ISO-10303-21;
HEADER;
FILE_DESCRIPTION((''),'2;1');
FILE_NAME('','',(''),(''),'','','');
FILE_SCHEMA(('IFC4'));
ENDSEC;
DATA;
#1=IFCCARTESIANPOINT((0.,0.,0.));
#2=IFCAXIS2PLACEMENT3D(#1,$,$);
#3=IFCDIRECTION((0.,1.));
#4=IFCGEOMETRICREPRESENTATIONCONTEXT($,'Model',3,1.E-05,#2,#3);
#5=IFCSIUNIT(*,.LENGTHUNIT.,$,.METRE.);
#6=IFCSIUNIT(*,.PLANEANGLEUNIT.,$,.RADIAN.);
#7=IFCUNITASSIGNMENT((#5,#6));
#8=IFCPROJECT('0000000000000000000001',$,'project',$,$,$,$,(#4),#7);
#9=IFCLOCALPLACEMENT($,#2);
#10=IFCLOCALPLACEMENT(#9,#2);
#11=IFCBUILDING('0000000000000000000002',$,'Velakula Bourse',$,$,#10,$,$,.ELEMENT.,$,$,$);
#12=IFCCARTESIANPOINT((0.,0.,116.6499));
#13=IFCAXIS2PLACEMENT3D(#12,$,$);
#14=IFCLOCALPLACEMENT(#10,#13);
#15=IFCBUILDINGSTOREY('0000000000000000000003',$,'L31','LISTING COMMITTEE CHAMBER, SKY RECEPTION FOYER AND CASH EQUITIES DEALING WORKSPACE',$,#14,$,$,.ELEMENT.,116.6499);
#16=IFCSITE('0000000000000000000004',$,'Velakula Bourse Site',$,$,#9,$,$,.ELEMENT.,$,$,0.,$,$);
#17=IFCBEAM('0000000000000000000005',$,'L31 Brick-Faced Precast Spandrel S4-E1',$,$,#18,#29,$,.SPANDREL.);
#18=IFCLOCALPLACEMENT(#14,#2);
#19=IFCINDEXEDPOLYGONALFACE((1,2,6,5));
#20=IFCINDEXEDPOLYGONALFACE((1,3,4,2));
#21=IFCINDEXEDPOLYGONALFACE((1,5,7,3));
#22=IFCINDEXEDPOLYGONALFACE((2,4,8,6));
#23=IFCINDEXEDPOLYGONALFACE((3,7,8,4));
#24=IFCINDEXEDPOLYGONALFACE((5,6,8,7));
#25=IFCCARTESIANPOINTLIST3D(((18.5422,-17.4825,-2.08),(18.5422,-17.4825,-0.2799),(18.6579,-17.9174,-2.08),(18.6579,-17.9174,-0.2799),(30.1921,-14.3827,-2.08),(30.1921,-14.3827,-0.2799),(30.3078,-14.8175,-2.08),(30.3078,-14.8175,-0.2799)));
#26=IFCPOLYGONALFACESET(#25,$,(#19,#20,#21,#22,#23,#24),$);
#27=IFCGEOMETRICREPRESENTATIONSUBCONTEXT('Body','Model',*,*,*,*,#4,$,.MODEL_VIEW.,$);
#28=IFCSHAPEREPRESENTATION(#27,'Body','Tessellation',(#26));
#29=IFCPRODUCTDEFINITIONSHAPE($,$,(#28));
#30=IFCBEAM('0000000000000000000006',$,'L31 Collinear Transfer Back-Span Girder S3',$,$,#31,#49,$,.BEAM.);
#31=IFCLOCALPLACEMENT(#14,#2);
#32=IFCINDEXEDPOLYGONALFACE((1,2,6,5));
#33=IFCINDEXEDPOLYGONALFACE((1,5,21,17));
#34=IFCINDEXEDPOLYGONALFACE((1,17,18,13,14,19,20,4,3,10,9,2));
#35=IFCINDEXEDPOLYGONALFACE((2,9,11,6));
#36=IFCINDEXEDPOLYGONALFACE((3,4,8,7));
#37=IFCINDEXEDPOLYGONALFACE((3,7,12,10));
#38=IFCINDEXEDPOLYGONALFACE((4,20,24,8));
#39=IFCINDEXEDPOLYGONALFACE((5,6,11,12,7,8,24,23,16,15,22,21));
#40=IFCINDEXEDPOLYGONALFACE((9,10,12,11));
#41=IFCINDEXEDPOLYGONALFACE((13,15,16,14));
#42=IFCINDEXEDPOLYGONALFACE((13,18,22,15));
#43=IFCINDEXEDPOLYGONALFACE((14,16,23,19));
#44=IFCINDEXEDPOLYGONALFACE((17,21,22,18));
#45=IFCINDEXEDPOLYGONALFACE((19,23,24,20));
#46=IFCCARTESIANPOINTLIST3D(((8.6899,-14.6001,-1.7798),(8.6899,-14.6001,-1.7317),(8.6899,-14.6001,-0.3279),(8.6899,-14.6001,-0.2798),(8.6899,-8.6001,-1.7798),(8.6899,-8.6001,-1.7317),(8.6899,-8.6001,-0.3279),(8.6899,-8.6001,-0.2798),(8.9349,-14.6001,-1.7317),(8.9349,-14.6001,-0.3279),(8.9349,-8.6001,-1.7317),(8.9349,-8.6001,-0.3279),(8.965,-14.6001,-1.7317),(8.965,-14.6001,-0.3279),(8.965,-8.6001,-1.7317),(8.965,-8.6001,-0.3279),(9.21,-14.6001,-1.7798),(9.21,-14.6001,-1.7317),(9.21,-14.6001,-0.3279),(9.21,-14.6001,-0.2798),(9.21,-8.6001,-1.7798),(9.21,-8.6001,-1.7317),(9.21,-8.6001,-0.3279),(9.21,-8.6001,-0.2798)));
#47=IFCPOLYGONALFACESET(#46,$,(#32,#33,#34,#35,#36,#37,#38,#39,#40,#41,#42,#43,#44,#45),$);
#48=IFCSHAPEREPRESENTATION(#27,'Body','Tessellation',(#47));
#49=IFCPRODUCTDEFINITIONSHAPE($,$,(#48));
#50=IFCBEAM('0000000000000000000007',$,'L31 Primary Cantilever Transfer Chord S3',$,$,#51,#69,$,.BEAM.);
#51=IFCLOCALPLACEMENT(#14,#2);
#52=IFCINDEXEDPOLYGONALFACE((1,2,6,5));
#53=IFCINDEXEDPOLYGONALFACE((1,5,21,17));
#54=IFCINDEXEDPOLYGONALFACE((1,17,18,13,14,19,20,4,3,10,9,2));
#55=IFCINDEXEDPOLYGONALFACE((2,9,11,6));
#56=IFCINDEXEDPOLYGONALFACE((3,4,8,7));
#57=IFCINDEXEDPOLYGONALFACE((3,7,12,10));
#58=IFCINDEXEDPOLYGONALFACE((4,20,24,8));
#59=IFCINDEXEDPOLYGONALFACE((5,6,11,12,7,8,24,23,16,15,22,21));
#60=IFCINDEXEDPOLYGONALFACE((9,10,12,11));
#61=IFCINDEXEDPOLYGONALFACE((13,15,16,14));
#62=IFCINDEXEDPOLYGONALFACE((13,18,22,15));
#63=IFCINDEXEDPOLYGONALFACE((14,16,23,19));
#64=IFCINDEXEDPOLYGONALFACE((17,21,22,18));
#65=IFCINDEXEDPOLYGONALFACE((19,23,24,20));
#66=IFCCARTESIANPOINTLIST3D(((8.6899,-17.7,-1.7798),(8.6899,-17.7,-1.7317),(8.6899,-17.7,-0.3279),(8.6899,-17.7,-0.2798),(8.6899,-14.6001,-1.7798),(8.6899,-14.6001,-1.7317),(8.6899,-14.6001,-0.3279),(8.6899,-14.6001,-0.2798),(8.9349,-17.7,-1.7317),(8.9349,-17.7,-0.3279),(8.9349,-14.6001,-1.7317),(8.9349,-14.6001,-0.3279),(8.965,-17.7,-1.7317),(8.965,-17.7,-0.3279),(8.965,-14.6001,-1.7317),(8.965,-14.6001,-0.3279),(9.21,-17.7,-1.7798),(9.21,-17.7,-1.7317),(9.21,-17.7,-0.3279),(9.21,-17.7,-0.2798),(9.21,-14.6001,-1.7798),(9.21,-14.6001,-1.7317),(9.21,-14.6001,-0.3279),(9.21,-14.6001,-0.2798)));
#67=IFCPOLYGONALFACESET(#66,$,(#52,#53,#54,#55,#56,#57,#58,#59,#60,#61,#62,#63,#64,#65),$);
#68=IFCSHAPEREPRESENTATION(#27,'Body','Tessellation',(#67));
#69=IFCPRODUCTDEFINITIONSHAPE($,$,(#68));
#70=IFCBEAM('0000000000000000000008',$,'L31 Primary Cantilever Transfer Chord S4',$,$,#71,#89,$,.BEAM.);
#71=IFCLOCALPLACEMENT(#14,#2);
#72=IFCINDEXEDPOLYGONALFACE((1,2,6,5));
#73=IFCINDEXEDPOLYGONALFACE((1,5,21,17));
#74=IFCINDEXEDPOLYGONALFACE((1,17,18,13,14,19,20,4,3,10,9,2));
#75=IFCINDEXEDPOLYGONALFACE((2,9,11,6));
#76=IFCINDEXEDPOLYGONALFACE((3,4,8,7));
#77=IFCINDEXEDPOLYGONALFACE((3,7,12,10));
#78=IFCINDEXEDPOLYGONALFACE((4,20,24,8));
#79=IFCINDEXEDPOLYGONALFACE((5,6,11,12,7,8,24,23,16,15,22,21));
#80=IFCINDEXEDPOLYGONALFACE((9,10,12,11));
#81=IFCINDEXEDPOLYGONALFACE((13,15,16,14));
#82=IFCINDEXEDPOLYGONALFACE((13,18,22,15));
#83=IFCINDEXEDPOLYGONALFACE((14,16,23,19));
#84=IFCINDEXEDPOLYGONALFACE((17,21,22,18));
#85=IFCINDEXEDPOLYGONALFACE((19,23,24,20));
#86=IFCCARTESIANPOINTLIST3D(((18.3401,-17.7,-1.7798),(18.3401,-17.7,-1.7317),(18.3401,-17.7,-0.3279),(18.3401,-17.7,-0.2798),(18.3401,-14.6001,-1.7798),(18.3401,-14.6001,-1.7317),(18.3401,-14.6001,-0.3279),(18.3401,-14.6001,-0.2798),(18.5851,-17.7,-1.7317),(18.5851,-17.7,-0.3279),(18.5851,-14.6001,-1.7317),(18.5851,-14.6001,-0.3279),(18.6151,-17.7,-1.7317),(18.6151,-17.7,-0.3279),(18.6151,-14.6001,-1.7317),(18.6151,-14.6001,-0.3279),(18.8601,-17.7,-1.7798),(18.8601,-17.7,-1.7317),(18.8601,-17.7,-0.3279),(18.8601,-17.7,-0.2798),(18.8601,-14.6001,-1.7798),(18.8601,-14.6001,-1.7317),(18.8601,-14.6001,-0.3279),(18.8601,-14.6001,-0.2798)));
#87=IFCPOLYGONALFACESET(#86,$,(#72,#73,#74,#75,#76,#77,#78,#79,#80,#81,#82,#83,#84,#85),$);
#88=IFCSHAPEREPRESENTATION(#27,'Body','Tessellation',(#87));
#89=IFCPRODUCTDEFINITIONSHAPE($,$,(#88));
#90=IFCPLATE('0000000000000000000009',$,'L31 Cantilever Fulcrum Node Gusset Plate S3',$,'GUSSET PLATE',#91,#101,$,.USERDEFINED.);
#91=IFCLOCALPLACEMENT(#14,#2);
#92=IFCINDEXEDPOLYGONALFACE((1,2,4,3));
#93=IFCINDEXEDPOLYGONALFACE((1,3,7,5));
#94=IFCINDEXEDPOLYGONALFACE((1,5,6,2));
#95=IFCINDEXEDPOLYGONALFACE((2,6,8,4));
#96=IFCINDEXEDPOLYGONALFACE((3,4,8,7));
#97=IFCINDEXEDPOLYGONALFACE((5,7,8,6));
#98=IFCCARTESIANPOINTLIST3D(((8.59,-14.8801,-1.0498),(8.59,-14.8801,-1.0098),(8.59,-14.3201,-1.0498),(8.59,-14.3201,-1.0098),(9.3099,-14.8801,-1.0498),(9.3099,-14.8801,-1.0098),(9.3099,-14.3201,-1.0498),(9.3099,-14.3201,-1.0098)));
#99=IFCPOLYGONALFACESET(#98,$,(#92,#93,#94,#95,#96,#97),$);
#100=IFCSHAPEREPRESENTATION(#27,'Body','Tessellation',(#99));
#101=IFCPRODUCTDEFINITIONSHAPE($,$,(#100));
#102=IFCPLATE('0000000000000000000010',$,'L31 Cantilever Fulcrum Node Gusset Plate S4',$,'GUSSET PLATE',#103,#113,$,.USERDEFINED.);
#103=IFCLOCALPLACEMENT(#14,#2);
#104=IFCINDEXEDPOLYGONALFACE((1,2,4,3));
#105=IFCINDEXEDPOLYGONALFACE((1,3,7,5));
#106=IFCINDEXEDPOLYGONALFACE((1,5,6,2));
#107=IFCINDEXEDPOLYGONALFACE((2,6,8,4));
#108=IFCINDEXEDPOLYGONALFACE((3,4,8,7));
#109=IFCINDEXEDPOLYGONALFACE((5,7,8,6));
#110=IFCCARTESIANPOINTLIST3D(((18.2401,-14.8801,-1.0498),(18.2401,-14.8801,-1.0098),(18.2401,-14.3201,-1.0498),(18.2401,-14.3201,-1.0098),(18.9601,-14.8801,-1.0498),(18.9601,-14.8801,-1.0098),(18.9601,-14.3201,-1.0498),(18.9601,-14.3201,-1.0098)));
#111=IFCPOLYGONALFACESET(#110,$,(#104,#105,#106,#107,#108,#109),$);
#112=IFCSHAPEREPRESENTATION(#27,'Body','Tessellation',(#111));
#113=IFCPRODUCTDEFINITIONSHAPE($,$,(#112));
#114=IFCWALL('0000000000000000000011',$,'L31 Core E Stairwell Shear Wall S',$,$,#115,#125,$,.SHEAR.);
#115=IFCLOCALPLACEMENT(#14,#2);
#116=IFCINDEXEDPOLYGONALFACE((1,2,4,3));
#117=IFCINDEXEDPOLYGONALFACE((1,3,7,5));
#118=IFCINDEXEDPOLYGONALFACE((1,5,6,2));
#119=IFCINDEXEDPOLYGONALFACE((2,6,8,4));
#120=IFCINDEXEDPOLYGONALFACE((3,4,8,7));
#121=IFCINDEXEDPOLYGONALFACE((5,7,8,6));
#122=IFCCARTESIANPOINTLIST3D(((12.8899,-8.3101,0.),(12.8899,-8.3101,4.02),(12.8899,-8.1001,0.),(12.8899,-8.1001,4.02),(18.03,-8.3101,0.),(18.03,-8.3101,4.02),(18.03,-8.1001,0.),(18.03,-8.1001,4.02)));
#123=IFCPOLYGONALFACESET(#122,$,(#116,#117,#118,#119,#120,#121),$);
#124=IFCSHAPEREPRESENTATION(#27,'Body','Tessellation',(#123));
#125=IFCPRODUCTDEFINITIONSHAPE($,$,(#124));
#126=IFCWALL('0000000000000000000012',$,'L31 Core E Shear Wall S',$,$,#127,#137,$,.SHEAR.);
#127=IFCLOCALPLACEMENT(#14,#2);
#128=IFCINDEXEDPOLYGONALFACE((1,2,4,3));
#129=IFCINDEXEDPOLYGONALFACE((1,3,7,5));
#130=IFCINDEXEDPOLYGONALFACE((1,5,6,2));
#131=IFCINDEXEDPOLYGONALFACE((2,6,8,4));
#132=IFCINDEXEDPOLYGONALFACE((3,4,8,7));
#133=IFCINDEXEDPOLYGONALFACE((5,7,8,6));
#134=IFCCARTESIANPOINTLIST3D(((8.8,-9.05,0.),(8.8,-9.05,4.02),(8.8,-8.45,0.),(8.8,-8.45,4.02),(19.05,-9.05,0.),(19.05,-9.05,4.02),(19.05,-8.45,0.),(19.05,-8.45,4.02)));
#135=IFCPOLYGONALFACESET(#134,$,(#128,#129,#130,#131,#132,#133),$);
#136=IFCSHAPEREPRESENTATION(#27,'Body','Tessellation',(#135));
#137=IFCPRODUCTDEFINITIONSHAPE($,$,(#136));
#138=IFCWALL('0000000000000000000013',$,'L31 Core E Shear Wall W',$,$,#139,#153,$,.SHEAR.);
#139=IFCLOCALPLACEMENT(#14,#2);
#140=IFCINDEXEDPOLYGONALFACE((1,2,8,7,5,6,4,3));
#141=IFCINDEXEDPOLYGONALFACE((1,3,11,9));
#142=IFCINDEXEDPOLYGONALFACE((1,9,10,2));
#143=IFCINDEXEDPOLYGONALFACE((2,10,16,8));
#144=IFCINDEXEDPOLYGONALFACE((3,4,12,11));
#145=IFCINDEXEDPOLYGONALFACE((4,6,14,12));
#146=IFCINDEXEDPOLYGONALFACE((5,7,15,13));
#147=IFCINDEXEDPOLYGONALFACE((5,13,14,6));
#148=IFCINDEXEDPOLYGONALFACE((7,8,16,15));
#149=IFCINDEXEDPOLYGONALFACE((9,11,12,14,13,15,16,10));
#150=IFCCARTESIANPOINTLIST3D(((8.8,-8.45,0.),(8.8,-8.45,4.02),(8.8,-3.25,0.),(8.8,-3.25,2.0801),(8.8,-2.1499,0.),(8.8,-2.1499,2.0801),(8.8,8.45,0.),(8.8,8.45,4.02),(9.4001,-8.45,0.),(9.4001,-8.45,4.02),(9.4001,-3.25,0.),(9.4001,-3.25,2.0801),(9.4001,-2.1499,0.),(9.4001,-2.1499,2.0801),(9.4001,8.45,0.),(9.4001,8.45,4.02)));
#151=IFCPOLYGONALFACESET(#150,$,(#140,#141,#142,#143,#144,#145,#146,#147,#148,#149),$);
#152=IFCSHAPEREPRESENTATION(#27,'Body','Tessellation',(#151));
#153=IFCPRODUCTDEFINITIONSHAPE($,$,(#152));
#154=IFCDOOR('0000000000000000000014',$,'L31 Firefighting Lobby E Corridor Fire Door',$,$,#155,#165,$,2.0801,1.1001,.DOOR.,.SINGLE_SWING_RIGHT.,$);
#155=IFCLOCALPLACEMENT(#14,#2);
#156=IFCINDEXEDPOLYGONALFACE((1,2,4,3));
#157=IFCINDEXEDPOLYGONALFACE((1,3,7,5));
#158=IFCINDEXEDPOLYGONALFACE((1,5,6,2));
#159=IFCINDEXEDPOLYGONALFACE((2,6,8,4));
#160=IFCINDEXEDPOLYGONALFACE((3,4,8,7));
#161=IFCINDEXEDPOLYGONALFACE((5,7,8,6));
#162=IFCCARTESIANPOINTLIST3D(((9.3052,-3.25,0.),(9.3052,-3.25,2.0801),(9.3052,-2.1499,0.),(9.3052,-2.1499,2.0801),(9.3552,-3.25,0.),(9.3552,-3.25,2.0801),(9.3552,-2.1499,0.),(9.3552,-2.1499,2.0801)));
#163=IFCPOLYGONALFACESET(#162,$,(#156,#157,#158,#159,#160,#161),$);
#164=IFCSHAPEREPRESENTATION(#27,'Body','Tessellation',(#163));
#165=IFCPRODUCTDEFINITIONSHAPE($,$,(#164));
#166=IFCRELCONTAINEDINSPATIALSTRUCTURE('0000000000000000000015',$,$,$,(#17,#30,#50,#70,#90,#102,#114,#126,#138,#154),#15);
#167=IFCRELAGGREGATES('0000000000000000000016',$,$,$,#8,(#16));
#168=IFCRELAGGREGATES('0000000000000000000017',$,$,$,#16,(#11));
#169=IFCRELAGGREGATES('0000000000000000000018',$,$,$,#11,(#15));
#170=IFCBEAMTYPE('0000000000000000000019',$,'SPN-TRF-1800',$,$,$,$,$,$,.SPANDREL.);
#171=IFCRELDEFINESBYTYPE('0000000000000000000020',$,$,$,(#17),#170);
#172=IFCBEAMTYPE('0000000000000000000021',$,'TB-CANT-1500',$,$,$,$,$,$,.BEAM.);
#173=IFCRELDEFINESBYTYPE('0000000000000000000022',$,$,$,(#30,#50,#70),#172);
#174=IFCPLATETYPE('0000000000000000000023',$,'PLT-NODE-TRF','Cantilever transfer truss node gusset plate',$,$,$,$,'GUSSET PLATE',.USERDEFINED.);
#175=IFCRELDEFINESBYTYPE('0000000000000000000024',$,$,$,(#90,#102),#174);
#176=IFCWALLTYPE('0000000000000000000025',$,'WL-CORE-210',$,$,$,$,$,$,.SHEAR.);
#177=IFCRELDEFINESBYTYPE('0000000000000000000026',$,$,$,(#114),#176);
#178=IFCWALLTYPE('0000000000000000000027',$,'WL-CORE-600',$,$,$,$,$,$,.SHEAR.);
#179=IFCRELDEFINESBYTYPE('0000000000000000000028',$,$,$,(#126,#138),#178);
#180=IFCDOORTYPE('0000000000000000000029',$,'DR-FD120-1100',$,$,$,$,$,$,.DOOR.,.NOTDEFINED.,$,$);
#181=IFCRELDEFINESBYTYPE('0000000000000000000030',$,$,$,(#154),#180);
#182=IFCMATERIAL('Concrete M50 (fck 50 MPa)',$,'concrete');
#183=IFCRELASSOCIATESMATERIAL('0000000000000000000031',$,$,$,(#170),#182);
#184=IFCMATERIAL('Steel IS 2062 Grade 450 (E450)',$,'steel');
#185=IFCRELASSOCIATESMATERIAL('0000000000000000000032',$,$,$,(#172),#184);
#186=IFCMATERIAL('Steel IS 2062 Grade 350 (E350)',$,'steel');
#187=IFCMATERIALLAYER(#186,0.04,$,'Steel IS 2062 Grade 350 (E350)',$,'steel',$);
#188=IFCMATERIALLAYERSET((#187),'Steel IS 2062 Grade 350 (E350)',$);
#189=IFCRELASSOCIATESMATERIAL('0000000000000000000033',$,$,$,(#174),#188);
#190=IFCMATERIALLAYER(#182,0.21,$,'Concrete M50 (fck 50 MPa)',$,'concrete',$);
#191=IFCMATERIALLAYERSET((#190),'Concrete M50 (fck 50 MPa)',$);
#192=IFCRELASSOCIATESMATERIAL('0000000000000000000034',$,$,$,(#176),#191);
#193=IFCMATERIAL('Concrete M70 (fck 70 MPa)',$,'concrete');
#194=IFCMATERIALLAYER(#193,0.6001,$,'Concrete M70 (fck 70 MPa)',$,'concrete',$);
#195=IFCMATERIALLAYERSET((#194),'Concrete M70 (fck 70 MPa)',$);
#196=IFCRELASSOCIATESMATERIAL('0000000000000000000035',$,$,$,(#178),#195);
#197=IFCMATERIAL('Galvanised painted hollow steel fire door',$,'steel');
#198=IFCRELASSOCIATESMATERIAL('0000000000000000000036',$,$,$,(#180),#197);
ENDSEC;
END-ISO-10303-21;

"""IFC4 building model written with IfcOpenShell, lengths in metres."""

from ifc_helpers import new_model, si_unit, direction, frame, frame_2d, origin, origin_2d, place, context, subcontext, project, spatial, rectangle, i_section, extrude, material, layer, layer_set, material_profile, profile_set, type_object, element, fill, save


model = new_model("IFC4")

# Units and contexts
model_context = context("Model", 3, precision=1e-05, world=origin(), true_north=direction((0.0, 1.0)))
body_context = subcontext(model_context, "Body", "Model", "MODEL_VIEW")
ifc_project = project(units=[si_unit("LENGTHUNIT", "METRE"), si_unit("PLANEANGLEUNIT", "RADIAN")], contexts=[model_context])

# Site, building, storey
site_placement = place(None, origin())
site = spatial("IfcSite", under=ifc_project, at=site_placement, Name="Velakula Bourse Site", CompositionType="ELEMENT", RefElevation=0.0)
building_placement = place(site_placement, origin())
building = spatial("IfcBuilding", under=site, at=building_placement, Name="Velakula Bourse", CompositionType="ELEMENT")
storey_placement = place(building_placement, frame((0.0, 0.0, 116.6499)))
storey = spatial("IfcBuildingStorey", under=building, at=storey_placement, Name="L31", Description="LISTING COMMITTEE CHAMBER, SKY RECEPTION FOYER AND CASH EQUITIES DEALING WORKSPACE", CompositionType="ELEMENT", Elevation=116.6499)

# Shared definitions
ifc_material_1 = material(Name="Concrete M70 (fck 70 MPa)", Category="concrete")
ifc_material_2 = material(Name="Steel IS 2062 Grade 350 (E350)", Category="steel")

# Beams
ifc_material_3 = material(Name="Concrete M50 (fck 50 MPa)", Category="concrete")
ifc_material_profile_1 = material_profile(ifc_material_3, rectangle(XDim=0.45, YDim=1.8, at=origin_2d()), Name="Concrete M50 (fck 50 MPa)")
ifc_profile_set_1 = profile_set([ifc_material_profile_1], Name="Concrete M50 (fck 50 MPa)")
beam_type_1 = type_object("IfcBeamType", Name="SPN-TRF-1800", PredefinedType="SPANDREL", material=ifc_profile_set_1)
beam_1_placement = place(storey_placement, frame((18.6001, -17.7, -1.1799), z_axis=(0.966375, 0.257137, 0.0), x_axis=(-0.257137, 0.966375, 0.0)))
element("IfcBeam", 1, at=beam_1_placement, inside=storey, type_object=beam_type_1, Name="L31 Brick-Faced Precast Spandrel S4-E1", PredefinedType="SPANDREL", context=body_context, shape_type="SweptSolid", body=[
    extrude(rectangle(XDim=0.45, YDim=1.8, at=origin_2d()), origin(), (0.0, 0.0, 1.0), 12.0552),
])
ifc_material_4 = material(Name="Steel IS 2062 Grade 450 (E450)", Category="steel")
ifc_material_profile_2 = material_profile(ifc_material_4, i_section(OverallWidth=0.52, OverallDepth=1.5, WebThickness=0.03, FlangeThickness=0.0481, at=origin_2d()), Name="Steel IS 2062 Grade 450 (E450)")
ifc_profile_set_2 = profile_set([ifc_material_profile_2], Name="Steel IS 2062 Grade 450 (E450)")
beam_type_2 = type_object("IfcBeamType", Name="TB-CANT-1500", PredefinedType="BEAM", material=ifc_profile_set_2)
beam_2_placement = place(storey_placement, frame((8.95, -8.6001, -1.0298), z_axis=(0.0, -1.0, 0.0), x_axis=(1.0, 0.0, 0.0)))
element("IfcBeam", 2, at=beam_2_placement, inside=storey, type_object=beam_type_2, Name="L31 Collinear Transfer Back-Span Girder S3", PredefinedType="BEAM", context=body_context, shape_type="SweptSolid", body=[
    extrude(i_section(OverallWidth=0.52, OverallDepth=1.5, WebThickness=0.03, FlangeThickness=0.0481, at=origin_2d()), origin(), (0.0, 0.0, 1.0), 6.0),
])
for number, where, z_axis, x_axis, name in (
    (3, (8.95, -14.6001, -1.0298), (0.0, -1.0, 0.0), (1.0, 0.0, 0.0), "L31 Primary Cantilever Transfer Chord S3"),
    (4, (18.6001, -14.6001, -1.0298), (0.0, -1.0, 0.0), (1.0, 0.0, 0.0), "L31 Primary Cantilever Transfer Chord S4"),
):
    element("IfcBeam", number, at=place(storey_placement, frame(where, z_axis=z_axis, x_axis=x_axis)), inside=storey, type_object=beam_type_2, Name=name, PredefinedType="BEAM", context=body_context, shape_type="SweptSolid", body=[
        extrude(i_section(OverallWidth=0.52, OverallDepth=1.5, WebThickness=0.03, FlangeThickness=0.0481, at=origin_2d()), origin(), (0.0, 0.0, 1.0), 3.0999),
    ])

# Plates
ifc_layer_1 = layer(ifc_material_2, 0.04, Name="Steel IS 2062 Grade 350 (E350)", Category="steel")
ifc_layer_set_1 = layer_set([ifc_layer_1], Name="Steel IS 2062 Grade 350 (E350)")
plate_type = type_object("IfcPlateType", Name="PLT-NODE-TRF", Description="Cantilever transfer truss node gusset plate", ElementType="GUSSET PLATE", PredefinedType="USERDEFINED", material=ifc_layer_set_1)
for number, where, z_axis, x_axis, name in (
    (5, (8.95, -14.6001, -1.0498), (0.0, 0.0, 1.0), (0.0, 1.0, 0.0), "L31 Cantilever Fulcrum Node Gusset Plate S3"),
    (6, (18.6001, -14.6001, -1.0498), (0.0, 0.0, 1.0), (0.0, 1.0, 0.0), "L31 Cantilever Fulcrum Node Gusset Plate S4"),
):
    element("IfcPlate", number, at=place(storey_placement, frame(where, z_axis=z_axis, x_axis=x_axis)), inside=storey, type_object=plate_type, Name=name, ObjectType="GUSSET PLATE", PredefinedType="USERDEFINED", context=body_context, shape_type="SweptSolid", body=[
        extrude(rectangle(XDim=0.5601, YDim=0.72, at=origin_2d()), origin(), (0.0, 0.0, 1.0), 0.04),
    ])

# Walls
ifc_layer_2 = layer(ifc_material_3, 0.21, Name="Concrete M50 (fck 50 MPa)", Category="concrete")
ifc_layer_set_2 = layer_set([ifc_layer_2], Name="Concrete M50 (fck 50 MPa)")
wall_type_1 = type_object("IfcWallType", Name="WL-CORE-210", PredefinedType="SHEAR", material=ifc_layer_set_2)
wall_1_placement = place(storey_placement, frame((12.8899, -8.2051, 0.0), z_axis=(0.0, 0.0, 1.0), x_axis=(1.0, 0.0, 0.0)))
element("IfcWall", 7, at=wall_1_placement, inside=storey, type_object=wall_type_1, Name="L31 Core E Stairwell Shear Wall S", PredefinedType="SHEAR", context=body_context, shape_type="SweptSolid", body=[
    extrude(rectangle(XDim=5.1401, YDim=0.21, at=frame_2d((2.5701, 0.0))), origin(), (0.0, 0.0, 1.0), 4.02),
])
ifc_layer_3 = layer(ifc_material_1, 0.6001, Name="Concrete M70 (fck 70 MPa)", Category="concrete")
ifc_layer_set_3 = layer_set([ifc_layer_3], Name="Concrete M70 (fck 70 MPa)")
wall_type_2 = type_object("IfcWallType", Name="WL-CORE-600", PredefinedType="SHEAR", material=ifc_layer_set_3)
wall_2_placement = place(storey_placement, frame((8.8, -8.75, 0.0), z_axis=(0.0, 0.0, 1.0), x_axis=(1.0, 0.0, 0.0)))
element("IfcWall", 8, at=wall_2_placement, inside=storey, type_object=wall_type_2, Name="L31 Core E Shear Wall S", PredefinedType="SHEAR", context=body_context, shape_type="SweptSolid", body=[
    extrude(rectangle(XDim=10.25, YDim=0.6001, at=frame_2d((5.125, 0.0))), origin(), (0.0, 0.0, 1.0), 4.02),
])

# Wall, opening, door
wall_3_placement = place(storey_placement, frame((9.1001, -8.45, 0.0), z_axis=(0.0, 0.0, 1.0), x_axis=(0.0, 1.0, 0.0)))
wall_3 = element("IfcWall", 9, at=wall_3_placement, inside=storey, type_object=wall_type_2, Name="L31 Core E Shear Wall W", PredefinedType="SHEAR", context=body_context, shape_type="SweptSolid", body=[
    extrude(rectangle(XDim=16.8999, YDim=0.6001, at=frame_2d((8.45, 0.0))), origin(), (0.0, 0.0, 1.0), 4.02),
])
opening_1_placement = place(wall_3_placement, frame((5.2, 0.0, 0.0)))
opening_1 = element("IfcOpeningElement", 10, at=opening_1_placement, cuts=wall_3, PredefinedType="OPENING", context=body_context, shape_type="SweptSolid", body=[
    extrude(rectangle(XDim=1.1001, YDim=2.0801, at=frame_2d((0.55, 1.04))), frame((0.0, 0.3101, 0.0), z_axis=(0.0, -1.0, 0.0), x_axis=(1.0, 0.0, 0.0)), (0.0, 0.0, 1.0), 0.6201),
])
ifc_material_5 = material(Name="Galvanised painted hollow steel fire door", Category="steel")
door_type = type_object("IfcDoorType", Name="DR-FD120-1100", OperationType="NOTDEFINED", PredefinedType="DOOR", material=ifc_material_5)
door_placement = place(opening_1_placement, origin())
door = element("IfcDoor", 11, at=door_placement, inside=storey, type_object=door_type, Name="L31 Firefighting Lobby E Corridor Fire Door", OperationType="SINGLE_SWING_RIGHT", OverallHeight=2.0801, OverallWidth=1.1001, PredefinedType="DOOR", context=body_context, shape_type="SweptSolid", body=[
    extrude(rectangle(XDim=1.1001, YDim=2.0801, at=frame_2d((0.55, 1.04))), frame((0.0, -0.2051, 0.0), z_axis=(0.0, -1.0, 0.0), x_axis=(1.0, 0.0, 0.0)), (0.0, 0.0, 1.0), 0.05),
])
fill(opening_1, door)

save(model, "model.ifc")
